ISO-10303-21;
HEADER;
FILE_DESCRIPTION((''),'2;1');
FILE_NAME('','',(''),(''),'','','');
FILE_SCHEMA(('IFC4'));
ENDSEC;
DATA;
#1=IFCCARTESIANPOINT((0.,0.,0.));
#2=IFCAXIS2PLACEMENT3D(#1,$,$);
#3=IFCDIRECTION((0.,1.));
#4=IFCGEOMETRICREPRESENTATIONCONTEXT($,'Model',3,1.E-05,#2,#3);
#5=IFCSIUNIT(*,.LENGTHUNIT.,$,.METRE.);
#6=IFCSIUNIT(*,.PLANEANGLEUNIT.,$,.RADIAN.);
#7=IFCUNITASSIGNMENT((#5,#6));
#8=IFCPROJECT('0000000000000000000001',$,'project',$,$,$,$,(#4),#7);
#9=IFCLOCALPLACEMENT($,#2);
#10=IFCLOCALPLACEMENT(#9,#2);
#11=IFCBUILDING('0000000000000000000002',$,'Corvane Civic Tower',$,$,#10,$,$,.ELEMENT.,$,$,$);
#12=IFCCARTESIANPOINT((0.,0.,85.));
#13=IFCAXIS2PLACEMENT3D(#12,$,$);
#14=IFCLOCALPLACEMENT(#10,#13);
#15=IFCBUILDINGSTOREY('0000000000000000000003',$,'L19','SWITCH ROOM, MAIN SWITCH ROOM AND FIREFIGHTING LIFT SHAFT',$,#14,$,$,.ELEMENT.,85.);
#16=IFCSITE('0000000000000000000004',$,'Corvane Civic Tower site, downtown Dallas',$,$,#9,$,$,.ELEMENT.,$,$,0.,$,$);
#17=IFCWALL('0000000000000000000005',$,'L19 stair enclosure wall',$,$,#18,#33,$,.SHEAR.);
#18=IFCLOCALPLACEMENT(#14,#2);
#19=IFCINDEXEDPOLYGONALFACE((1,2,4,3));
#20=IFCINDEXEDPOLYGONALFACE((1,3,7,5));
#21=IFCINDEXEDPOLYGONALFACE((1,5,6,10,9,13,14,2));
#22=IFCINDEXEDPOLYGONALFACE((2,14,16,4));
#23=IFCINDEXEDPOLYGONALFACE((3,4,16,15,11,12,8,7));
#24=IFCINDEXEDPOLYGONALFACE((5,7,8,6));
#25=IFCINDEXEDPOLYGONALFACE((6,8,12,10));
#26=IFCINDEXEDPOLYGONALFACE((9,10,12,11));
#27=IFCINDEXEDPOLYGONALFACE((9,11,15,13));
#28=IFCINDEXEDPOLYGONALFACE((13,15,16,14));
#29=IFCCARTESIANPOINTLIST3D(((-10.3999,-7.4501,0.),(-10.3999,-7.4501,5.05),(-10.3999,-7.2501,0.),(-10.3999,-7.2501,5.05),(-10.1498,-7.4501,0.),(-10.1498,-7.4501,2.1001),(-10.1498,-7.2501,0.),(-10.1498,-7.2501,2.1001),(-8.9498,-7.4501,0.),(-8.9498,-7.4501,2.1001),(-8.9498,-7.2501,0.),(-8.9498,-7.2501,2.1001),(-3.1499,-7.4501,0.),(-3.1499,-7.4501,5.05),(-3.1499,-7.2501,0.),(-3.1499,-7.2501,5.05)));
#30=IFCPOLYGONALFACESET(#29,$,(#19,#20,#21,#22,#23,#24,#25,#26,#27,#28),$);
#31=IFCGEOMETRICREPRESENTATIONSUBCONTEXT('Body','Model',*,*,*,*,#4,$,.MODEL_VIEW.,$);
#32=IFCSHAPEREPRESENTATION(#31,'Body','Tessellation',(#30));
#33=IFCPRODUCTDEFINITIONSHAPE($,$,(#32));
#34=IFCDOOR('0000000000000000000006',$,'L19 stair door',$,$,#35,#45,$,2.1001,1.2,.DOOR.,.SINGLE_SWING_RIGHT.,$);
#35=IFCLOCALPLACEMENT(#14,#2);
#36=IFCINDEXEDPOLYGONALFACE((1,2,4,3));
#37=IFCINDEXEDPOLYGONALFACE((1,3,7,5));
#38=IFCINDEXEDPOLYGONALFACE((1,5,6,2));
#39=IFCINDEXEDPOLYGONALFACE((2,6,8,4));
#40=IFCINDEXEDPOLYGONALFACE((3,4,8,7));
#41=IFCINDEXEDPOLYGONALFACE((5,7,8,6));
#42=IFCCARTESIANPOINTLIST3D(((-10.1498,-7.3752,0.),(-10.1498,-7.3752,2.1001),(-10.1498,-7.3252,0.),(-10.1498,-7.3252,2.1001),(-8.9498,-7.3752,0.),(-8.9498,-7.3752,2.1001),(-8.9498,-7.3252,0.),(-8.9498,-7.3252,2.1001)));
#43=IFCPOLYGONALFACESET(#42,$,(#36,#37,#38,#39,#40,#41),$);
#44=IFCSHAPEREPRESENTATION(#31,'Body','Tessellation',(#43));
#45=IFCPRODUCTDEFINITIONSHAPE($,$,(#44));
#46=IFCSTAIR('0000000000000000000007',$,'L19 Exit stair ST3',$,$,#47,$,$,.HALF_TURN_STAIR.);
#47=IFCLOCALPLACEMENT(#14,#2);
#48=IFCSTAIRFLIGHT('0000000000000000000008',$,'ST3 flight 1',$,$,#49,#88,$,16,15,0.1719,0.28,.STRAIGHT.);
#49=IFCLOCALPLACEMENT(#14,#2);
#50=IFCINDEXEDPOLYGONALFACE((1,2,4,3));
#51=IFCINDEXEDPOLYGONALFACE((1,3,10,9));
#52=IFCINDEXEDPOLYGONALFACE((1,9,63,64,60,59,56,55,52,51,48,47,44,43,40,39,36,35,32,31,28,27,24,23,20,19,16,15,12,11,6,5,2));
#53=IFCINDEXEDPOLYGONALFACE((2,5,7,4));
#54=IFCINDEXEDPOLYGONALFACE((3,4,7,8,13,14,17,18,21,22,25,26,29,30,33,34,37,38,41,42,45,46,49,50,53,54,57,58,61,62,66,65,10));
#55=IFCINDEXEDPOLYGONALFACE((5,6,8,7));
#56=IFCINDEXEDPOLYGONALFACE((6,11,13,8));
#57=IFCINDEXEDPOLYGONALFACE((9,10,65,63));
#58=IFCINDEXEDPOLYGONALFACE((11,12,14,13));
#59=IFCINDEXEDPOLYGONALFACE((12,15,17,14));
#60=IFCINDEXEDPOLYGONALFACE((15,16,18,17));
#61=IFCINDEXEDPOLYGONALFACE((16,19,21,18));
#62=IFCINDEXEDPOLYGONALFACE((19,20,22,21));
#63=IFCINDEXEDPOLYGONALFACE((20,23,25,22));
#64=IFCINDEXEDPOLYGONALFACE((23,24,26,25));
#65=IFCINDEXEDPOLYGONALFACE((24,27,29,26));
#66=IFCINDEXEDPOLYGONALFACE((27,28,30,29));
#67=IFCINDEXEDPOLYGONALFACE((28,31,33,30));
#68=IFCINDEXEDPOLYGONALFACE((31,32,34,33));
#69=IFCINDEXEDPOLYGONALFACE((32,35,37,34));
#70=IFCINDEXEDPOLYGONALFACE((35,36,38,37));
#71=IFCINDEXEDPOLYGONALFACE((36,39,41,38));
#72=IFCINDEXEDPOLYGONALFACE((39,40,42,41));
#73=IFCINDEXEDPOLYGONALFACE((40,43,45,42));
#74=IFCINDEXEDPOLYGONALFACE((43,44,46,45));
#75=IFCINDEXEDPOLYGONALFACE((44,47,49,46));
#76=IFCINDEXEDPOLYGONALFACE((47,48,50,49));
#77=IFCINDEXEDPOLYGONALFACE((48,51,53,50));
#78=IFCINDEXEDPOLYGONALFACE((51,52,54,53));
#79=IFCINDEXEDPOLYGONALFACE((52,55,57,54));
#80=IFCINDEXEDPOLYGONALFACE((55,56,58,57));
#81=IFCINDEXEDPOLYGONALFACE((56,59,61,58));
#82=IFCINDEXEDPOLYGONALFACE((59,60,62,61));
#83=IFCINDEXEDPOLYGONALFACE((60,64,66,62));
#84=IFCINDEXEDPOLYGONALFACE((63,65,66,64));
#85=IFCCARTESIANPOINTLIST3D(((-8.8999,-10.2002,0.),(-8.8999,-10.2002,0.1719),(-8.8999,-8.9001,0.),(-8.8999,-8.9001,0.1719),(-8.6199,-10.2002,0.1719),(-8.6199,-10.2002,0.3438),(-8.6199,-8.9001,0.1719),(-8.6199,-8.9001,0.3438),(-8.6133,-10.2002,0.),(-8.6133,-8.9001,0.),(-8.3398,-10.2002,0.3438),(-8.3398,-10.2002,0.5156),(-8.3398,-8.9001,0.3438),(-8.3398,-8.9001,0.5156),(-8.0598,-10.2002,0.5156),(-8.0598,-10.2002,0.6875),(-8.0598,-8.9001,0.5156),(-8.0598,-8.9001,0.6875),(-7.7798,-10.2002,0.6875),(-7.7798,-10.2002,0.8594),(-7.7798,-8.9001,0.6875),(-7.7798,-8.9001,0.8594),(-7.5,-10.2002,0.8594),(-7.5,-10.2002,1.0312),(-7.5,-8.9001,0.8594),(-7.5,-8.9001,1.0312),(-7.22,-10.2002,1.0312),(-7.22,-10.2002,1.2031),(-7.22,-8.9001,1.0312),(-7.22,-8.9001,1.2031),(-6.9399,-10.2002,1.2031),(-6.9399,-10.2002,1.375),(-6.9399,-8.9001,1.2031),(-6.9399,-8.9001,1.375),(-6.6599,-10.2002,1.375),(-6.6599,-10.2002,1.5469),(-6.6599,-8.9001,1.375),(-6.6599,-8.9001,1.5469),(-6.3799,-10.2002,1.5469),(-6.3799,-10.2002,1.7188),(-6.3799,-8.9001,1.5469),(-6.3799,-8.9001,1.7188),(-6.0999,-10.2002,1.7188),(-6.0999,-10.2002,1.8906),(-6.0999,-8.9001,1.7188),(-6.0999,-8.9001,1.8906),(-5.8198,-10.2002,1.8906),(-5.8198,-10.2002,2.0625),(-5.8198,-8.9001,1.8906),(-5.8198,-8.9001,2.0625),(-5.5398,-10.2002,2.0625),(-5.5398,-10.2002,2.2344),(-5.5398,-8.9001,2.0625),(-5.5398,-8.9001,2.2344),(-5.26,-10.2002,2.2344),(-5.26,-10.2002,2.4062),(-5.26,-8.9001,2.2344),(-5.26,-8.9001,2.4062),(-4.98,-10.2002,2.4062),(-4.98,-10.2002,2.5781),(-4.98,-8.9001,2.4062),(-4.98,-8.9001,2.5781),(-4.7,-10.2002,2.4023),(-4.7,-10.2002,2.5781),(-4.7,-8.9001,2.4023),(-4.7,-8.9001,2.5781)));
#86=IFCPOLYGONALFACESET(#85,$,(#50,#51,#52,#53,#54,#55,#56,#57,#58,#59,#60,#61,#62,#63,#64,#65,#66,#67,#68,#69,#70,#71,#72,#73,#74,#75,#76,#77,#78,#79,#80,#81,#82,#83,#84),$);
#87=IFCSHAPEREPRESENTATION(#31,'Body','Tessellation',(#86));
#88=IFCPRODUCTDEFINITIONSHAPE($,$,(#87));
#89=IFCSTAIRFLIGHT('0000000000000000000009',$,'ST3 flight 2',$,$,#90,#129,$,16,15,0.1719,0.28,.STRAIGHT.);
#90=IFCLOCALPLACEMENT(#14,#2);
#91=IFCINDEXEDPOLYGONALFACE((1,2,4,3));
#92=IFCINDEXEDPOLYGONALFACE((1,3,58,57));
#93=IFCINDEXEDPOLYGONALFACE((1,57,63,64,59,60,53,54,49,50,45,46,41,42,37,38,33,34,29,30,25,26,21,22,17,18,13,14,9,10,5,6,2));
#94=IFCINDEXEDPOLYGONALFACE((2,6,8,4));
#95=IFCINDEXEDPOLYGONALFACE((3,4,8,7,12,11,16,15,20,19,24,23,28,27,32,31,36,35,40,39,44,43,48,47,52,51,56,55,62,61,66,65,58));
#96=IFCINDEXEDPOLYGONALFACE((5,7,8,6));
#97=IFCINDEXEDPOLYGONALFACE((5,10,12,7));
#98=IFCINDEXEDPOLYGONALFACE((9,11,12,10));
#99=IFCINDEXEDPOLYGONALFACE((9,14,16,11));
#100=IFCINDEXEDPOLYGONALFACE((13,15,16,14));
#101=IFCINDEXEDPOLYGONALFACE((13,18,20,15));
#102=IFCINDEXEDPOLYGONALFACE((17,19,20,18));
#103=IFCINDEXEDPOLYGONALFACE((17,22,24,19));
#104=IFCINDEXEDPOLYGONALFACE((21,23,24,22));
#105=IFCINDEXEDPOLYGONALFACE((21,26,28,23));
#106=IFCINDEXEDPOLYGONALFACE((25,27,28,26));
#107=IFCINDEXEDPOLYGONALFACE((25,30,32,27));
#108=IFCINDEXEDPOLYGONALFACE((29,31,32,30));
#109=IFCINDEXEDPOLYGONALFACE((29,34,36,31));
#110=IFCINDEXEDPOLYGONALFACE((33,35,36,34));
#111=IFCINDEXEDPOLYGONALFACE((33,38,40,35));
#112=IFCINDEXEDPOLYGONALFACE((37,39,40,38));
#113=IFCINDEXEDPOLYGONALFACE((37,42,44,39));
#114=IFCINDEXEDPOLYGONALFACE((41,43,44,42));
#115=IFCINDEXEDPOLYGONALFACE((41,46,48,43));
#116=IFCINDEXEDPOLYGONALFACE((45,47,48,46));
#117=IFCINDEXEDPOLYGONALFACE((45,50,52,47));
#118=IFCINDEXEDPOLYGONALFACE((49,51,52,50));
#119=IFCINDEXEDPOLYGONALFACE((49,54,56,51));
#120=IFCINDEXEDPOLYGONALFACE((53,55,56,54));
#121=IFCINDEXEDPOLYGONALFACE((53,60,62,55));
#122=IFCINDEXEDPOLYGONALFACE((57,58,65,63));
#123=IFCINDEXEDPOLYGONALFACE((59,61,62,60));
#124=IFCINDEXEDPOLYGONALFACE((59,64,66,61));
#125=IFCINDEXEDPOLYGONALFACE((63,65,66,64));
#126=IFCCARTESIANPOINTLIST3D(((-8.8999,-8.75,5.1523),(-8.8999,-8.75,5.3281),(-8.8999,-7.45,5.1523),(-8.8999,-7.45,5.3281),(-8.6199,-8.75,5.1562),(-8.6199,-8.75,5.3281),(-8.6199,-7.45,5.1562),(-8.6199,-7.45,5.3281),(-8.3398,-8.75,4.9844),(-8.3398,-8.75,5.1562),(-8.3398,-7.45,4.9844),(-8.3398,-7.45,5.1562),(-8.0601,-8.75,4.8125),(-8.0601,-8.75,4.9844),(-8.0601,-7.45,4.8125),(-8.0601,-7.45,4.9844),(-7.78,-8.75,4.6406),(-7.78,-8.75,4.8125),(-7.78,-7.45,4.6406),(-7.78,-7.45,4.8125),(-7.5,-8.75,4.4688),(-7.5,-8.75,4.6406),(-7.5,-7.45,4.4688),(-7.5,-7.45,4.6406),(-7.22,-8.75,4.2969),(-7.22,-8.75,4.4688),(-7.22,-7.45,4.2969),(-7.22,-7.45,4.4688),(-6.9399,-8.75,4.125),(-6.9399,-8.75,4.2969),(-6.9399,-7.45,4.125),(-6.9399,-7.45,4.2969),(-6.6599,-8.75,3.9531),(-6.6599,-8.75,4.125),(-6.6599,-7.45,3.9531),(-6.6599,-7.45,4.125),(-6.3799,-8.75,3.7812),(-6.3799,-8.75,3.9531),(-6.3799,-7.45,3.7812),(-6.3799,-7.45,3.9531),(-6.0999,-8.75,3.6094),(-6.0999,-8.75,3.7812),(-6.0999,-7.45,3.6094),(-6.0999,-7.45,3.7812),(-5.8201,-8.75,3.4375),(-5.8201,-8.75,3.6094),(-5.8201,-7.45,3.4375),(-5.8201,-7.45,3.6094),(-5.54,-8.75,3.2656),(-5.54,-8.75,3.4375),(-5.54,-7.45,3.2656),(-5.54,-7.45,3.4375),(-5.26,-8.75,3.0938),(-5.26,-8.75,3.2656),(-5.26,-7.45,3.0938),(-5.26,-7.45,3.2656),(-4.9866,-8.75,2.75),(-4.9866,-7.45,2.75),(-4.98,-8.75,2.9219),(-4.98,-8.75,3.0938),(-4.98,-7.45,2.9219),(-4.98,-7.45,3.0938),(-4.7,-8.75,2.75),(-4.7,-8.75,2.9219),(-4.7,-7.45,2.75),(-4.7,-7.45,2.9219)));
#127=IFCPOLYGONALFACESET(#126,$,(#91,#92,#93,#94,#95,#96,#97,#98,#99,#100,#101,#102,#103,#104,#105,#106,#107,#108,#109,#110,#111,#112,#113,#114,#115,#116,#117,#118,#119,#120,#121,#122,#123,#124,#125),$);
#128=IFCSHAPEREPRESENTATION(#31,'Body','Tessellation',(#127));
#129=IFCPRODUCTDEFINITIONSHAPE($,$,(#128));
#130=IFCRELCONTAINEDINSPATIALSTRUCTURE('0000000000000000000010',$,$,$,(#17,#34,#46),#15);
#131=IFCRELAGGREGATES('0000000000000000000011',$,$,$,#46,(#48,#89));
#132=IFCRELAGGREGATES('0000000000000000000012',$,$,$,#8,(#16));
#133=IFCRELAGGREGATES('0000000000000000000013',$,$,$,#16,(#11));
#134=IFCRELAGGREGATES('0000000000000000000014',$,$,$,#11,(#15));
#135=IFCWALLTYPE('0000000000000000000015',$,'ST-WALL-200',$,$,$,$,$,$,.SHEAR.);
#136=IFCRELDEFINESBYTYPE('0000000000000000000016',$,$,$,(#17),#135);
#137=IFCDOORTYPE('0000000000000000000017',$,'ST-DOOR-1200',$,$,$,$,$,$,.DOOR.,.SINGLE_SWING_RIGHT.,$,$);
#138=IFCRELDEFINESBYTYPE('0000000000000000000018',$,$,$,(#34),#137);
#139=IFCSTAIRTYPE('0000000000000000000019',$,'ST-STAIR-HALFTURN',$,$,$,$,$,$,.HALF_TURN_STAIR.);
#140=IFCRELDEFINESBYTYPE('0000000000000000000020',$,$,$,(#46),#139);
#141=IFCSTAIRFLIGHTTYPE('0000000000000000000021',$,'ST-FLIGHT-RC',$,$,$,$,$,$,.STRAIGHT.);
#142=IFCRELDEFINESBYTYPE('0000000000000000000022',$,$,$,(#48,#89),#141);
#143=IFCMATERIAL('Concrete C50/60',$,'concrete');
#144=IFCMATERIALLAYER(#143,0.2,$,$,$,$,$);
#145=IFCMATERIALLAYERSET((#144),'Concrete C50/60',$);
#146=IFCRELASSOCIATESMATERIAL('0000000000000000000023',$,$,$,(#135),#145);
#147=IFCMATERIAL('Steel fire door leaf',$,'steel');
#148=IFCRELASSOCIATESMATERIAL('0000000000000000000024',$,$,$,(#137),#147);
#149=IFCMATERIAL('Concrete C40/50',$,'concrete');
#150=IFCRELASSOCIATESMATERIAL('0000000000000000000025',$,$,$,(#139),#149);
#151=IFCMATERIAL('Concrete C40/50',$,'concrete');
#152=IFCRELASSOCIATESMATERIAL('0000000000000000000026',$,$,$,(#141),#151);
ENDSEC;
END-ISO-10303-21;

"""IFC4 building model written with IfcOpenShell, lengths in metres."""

from ifc_helpers import new_model, si_unit, direction, frame, frame_2d, origin, place, context, subcontext, project, spatial, polyline, rectangle, outline, extrude, material, layer, layer_set, type_object, element, fill, aggregate, save


model = new_model("IFC4")

# Units and contexts
model_context = context("Model", 3, precision=1e-05, world=origin(), true_north=direction((0.0, 1.0)))
body_context = subcontext(model_context, "Body", "Model", "MODEL_VIEW")
ifc_project = project(units=[si_unit("LENGTHUNIT", "METRE"), si_unit("PLANEANGLEUNIT", "RADIAN")], contexts=[model_context])

# Site, building, storey
site_placement = place(None, origin())
site = spatial("IfcSite", under=ifc_project, at=site_placement, Name="Corvane Civic Tower site, downtown Dallas", CompositionType="ELEMENT", RefElevation=0.0)
building_placement = place(site_placement, origin())
building = spatial("IfcBuilding", under=site, at=building_placement, Name="Corvane Civic Tower", CompositionType="ELEMENT")
storey_placement = place(building_placement, frame((0.0, 0.0, 85.0)))
storey = spatial("IfcBuildingStorey", under=building, at=storey_placement, Name="L19", Description="SWITCH ROOM, MAIN SWITCH ROOM AND FIREFIGHTING LIFT SHAFT", CompositionType="ELEMENT", Elevation=85.0)

# Wall, opening, door
ifc_material_1 = material(Name="Concrete C50/60", Category="concrete")
ifc_layer_1 = layer(ifc_material_1, 0.2)
ifc_layer_set_1 = layer_set([ifc_layer_1], Name="Concrete C50/60")
wall_type_1 = type_object("IfcWallType", Name="ST-WALL-200", PredefinedType="SHEAR", material=ifc_layer_set_1)
wall_1_placement = place(storey_placement, frame((-10.3999, -7.3501, 0.0), z_axis=(0.0, 0.0, 1.0), x_axis=(1.0, 0.0, 0.0)))
wall_1 = element("IfcWall", 1, at=wall_1_placement, inside=storey, type_object=wall_type_1, Name="L19 stair enclosure wall", PredefinedType="SHEAR", context=body_context, shape_type="SweptSolid", body=[
    extrude(rectangle(XDim=7.25, YDim=0.2, at=frame_2d((3.625, 0.0))), origin(), (0.0, 0.0, 1.0), 5.05),
])
opening_1_placement = place(wall_1_placement, frame((0.25, 0.0, 0.0)))
opening_1 = element("IfcOpeningElement", 2, at=opening_1_placement, cuts=wall_1, PredefinedType="OPENING", context=body_context, shape_type="SweptSolid", body=[
    extrude(rectangle(XDim=1.2, YDim=2.1001, at=frame_2d((0.6001, 1.05))), frame((0.0, 0.1099, 0.0), z_axis=(0.0, -1.0, 0.0), x_axis=(1.0, 0.0, 0.0)), (0.0, 0.0, 1.0), 0.22),
])
ifc_material_2 = material(Name="Steel fire door leaf", Category="steel")
door_type_1 = type_object("IfcDoorType", Name="ST-DOOR-1200", OperationType="SINGLE_SWING_RIGHT", PredefinedType="DOOR", material=ifc_material_2)
door_1_placement = place(opening_1_placement, origin())
door_1 = element("IfcDoor", 3, at=door_1_placement, inside=storey, type_object=door_type_1, Name="L19 stair door", OperationType="SINGLE_SWING_RIGHT", OverallHeight=2.1001, OverallWidth=1.2, PredefinedType="DOOR", context=body_context, shape_type="SweptSolid", body=[
    extrude(rectangle(XDim=1.2, YDim=2.1001, at=frame_2d((0.6001, 1.05))), frame((0.0, 0.0249, 0.0), z_axis=(0.0, -1.0, 0.0), x_axis=(1.0, 0.0, 0.0)), (0.0, 0.0, 1.0), 0.05),
])
fill(opening_1, door_1)

# Stair, stair flights
ifc_material_3 = material(Name="Concrete C40/50", Category="concrete")
stair_type = type_object("IfcStairType", Name="ST-STAIR-HALFTURN", PredefinedType="HALF_TURN_STAIR", material=ifc_material_3)
stair_placement = place(storey_placement, origin())
stair = element("IfcStair", 4, at=stair_placement, inside=storey, type_object=stair_type, Name="L19 Exit stair ST3", PredefinedType="HALF_TURN_STAIR")
ifc_material_4 = material(Name="Concrete C40/50", Category="concrete")
stair_flight_type = type_object("IfcStairFlightType", Name="ST-FLIGHT-RC", PredefinedType="STRAIGHT", material=ifc_material_4)
stair_flight_1_placement = place(storey_placement, frame((-8.8999, -9.55, 0.0), z_axis=(0.0, 0.0, 1.0), x_axis=(1.0, 0.0, 0.0)))
stair_flight_1 = element("IfcStairFlight", 5, at=stair_flight_1_placement, type_object=stair_flight_type, Name="ST3 flight 1", NumberOfRisers=16, NumberOfTreads=15, PredefinedType="STRAIGHT", RiserHeight=0.1719, TreadLength=0.28, context=body_context, shape_type="SweptSolid", body=[
    extrude(outline(polyline([(0.0, 0.0), (0.0, 0.1719), (0.28, 0.1719), (0.28, 0.3438), (0.5601, 0.3438), (0.5601, 0.5156), (0.8401, 0.5156), (0.8401, 0.6875), (1.1201, 0.6875), (1.1201, 0.8594), (1.3999, 0.8594), (1.3999, 1.0312), (1.6799, 1.0312), (1.6799, 1.2031), (1.96, 1.2031), (1.96, 1.375), (2.24, 1.375), (2.24, 1.5469), (2.52, 1.5469), (2.52, 1.7188), (2.8, 1.7188), (2.8, 1.8906), (3.0801, 1.8906), (3.0801, 2.0625), (3.3601, 2.0625), (3.3601, 2.2344), (3.6399, 2.2344), (3.6399, 2.4062), (3.9199, 2.4062), (3.9199, 2.5781), (4.2, 2.5781), (4.2, 2.75), (4.2, 2.4023), (0.2866, 0.0), (0.0, 0.0)])), frame((0.0, 0.6499, 0.0), z_axis=(0.0, -1.0, 0.0), x_axis=(1.0, 0.0, 0.0)), (0.0, 0.0, 1.0), 1.3),
])
stair_flight_2_placement = place(storey_placement, frame((-4.7, -8.1001, 2.75), z_axis=(0.0, 0.0, 1.0), x_axis=(-1.0, 0.0, 0.0)))
stair_flight_2 = element("IfcStairFlight", 6, at=stair_flight_2_placement, type_object=stair_flight_type, Name="ST3 flight 2", NumberOfRisers=16, NumberOfTreads=15, PredefinedType="STRAIGHT", RiserHeight=0.1719, TreadLength=0.28, context=body_context, shape_type="SweptSolid", body=[
    extrude(outline(polyline([(0.0, 0.0), (0.0, 0.1719), (0.28, 0.1719), (0.28, 0.3438), (0.5601, 0.3438), (0.5601, 0.5156), (0.8401, 0.5156), (0.8401, 0.6875), (1.1201, 0.6875), (1.1201, 0.8594), (1.3999, 0.8594), (1.3999, 1.0312), (1.6799, 1.0312), (1.6799, 1.2031), (1.96, 1.2031), (1.96, 1.375), (2.24, 1.375), (2.24, 1.5469), (2.52, 1.5469), (2.52, 1.7188), (2.8, 1.7188), (2.8, 1.8906), (3.0801, 1.8906), (3.0801, 2.0625), (3.3601, 2.0625), (3.3601, 2.2344), (3.6399, 2.2344), (3.6399, 2.4062), (3.9199, 2.4062), (3.9199, 2.5781), (4.2, 2.5781), (4.2, 2.75), (4.2, 2.4023), (0.2866, 0.0), (0.0, 0.0)])), frame((0.0, 0.6499, 0.0), z_axis=(0.0, -1.0, 0.0), x_axis=(1.0, 0.0, 0.0)), (0.0, 0.0, 1.0), 1.3),
])
aggregate(stair, [stair_flight_1, stair_flight_2])

save(model, "model.ifc")
